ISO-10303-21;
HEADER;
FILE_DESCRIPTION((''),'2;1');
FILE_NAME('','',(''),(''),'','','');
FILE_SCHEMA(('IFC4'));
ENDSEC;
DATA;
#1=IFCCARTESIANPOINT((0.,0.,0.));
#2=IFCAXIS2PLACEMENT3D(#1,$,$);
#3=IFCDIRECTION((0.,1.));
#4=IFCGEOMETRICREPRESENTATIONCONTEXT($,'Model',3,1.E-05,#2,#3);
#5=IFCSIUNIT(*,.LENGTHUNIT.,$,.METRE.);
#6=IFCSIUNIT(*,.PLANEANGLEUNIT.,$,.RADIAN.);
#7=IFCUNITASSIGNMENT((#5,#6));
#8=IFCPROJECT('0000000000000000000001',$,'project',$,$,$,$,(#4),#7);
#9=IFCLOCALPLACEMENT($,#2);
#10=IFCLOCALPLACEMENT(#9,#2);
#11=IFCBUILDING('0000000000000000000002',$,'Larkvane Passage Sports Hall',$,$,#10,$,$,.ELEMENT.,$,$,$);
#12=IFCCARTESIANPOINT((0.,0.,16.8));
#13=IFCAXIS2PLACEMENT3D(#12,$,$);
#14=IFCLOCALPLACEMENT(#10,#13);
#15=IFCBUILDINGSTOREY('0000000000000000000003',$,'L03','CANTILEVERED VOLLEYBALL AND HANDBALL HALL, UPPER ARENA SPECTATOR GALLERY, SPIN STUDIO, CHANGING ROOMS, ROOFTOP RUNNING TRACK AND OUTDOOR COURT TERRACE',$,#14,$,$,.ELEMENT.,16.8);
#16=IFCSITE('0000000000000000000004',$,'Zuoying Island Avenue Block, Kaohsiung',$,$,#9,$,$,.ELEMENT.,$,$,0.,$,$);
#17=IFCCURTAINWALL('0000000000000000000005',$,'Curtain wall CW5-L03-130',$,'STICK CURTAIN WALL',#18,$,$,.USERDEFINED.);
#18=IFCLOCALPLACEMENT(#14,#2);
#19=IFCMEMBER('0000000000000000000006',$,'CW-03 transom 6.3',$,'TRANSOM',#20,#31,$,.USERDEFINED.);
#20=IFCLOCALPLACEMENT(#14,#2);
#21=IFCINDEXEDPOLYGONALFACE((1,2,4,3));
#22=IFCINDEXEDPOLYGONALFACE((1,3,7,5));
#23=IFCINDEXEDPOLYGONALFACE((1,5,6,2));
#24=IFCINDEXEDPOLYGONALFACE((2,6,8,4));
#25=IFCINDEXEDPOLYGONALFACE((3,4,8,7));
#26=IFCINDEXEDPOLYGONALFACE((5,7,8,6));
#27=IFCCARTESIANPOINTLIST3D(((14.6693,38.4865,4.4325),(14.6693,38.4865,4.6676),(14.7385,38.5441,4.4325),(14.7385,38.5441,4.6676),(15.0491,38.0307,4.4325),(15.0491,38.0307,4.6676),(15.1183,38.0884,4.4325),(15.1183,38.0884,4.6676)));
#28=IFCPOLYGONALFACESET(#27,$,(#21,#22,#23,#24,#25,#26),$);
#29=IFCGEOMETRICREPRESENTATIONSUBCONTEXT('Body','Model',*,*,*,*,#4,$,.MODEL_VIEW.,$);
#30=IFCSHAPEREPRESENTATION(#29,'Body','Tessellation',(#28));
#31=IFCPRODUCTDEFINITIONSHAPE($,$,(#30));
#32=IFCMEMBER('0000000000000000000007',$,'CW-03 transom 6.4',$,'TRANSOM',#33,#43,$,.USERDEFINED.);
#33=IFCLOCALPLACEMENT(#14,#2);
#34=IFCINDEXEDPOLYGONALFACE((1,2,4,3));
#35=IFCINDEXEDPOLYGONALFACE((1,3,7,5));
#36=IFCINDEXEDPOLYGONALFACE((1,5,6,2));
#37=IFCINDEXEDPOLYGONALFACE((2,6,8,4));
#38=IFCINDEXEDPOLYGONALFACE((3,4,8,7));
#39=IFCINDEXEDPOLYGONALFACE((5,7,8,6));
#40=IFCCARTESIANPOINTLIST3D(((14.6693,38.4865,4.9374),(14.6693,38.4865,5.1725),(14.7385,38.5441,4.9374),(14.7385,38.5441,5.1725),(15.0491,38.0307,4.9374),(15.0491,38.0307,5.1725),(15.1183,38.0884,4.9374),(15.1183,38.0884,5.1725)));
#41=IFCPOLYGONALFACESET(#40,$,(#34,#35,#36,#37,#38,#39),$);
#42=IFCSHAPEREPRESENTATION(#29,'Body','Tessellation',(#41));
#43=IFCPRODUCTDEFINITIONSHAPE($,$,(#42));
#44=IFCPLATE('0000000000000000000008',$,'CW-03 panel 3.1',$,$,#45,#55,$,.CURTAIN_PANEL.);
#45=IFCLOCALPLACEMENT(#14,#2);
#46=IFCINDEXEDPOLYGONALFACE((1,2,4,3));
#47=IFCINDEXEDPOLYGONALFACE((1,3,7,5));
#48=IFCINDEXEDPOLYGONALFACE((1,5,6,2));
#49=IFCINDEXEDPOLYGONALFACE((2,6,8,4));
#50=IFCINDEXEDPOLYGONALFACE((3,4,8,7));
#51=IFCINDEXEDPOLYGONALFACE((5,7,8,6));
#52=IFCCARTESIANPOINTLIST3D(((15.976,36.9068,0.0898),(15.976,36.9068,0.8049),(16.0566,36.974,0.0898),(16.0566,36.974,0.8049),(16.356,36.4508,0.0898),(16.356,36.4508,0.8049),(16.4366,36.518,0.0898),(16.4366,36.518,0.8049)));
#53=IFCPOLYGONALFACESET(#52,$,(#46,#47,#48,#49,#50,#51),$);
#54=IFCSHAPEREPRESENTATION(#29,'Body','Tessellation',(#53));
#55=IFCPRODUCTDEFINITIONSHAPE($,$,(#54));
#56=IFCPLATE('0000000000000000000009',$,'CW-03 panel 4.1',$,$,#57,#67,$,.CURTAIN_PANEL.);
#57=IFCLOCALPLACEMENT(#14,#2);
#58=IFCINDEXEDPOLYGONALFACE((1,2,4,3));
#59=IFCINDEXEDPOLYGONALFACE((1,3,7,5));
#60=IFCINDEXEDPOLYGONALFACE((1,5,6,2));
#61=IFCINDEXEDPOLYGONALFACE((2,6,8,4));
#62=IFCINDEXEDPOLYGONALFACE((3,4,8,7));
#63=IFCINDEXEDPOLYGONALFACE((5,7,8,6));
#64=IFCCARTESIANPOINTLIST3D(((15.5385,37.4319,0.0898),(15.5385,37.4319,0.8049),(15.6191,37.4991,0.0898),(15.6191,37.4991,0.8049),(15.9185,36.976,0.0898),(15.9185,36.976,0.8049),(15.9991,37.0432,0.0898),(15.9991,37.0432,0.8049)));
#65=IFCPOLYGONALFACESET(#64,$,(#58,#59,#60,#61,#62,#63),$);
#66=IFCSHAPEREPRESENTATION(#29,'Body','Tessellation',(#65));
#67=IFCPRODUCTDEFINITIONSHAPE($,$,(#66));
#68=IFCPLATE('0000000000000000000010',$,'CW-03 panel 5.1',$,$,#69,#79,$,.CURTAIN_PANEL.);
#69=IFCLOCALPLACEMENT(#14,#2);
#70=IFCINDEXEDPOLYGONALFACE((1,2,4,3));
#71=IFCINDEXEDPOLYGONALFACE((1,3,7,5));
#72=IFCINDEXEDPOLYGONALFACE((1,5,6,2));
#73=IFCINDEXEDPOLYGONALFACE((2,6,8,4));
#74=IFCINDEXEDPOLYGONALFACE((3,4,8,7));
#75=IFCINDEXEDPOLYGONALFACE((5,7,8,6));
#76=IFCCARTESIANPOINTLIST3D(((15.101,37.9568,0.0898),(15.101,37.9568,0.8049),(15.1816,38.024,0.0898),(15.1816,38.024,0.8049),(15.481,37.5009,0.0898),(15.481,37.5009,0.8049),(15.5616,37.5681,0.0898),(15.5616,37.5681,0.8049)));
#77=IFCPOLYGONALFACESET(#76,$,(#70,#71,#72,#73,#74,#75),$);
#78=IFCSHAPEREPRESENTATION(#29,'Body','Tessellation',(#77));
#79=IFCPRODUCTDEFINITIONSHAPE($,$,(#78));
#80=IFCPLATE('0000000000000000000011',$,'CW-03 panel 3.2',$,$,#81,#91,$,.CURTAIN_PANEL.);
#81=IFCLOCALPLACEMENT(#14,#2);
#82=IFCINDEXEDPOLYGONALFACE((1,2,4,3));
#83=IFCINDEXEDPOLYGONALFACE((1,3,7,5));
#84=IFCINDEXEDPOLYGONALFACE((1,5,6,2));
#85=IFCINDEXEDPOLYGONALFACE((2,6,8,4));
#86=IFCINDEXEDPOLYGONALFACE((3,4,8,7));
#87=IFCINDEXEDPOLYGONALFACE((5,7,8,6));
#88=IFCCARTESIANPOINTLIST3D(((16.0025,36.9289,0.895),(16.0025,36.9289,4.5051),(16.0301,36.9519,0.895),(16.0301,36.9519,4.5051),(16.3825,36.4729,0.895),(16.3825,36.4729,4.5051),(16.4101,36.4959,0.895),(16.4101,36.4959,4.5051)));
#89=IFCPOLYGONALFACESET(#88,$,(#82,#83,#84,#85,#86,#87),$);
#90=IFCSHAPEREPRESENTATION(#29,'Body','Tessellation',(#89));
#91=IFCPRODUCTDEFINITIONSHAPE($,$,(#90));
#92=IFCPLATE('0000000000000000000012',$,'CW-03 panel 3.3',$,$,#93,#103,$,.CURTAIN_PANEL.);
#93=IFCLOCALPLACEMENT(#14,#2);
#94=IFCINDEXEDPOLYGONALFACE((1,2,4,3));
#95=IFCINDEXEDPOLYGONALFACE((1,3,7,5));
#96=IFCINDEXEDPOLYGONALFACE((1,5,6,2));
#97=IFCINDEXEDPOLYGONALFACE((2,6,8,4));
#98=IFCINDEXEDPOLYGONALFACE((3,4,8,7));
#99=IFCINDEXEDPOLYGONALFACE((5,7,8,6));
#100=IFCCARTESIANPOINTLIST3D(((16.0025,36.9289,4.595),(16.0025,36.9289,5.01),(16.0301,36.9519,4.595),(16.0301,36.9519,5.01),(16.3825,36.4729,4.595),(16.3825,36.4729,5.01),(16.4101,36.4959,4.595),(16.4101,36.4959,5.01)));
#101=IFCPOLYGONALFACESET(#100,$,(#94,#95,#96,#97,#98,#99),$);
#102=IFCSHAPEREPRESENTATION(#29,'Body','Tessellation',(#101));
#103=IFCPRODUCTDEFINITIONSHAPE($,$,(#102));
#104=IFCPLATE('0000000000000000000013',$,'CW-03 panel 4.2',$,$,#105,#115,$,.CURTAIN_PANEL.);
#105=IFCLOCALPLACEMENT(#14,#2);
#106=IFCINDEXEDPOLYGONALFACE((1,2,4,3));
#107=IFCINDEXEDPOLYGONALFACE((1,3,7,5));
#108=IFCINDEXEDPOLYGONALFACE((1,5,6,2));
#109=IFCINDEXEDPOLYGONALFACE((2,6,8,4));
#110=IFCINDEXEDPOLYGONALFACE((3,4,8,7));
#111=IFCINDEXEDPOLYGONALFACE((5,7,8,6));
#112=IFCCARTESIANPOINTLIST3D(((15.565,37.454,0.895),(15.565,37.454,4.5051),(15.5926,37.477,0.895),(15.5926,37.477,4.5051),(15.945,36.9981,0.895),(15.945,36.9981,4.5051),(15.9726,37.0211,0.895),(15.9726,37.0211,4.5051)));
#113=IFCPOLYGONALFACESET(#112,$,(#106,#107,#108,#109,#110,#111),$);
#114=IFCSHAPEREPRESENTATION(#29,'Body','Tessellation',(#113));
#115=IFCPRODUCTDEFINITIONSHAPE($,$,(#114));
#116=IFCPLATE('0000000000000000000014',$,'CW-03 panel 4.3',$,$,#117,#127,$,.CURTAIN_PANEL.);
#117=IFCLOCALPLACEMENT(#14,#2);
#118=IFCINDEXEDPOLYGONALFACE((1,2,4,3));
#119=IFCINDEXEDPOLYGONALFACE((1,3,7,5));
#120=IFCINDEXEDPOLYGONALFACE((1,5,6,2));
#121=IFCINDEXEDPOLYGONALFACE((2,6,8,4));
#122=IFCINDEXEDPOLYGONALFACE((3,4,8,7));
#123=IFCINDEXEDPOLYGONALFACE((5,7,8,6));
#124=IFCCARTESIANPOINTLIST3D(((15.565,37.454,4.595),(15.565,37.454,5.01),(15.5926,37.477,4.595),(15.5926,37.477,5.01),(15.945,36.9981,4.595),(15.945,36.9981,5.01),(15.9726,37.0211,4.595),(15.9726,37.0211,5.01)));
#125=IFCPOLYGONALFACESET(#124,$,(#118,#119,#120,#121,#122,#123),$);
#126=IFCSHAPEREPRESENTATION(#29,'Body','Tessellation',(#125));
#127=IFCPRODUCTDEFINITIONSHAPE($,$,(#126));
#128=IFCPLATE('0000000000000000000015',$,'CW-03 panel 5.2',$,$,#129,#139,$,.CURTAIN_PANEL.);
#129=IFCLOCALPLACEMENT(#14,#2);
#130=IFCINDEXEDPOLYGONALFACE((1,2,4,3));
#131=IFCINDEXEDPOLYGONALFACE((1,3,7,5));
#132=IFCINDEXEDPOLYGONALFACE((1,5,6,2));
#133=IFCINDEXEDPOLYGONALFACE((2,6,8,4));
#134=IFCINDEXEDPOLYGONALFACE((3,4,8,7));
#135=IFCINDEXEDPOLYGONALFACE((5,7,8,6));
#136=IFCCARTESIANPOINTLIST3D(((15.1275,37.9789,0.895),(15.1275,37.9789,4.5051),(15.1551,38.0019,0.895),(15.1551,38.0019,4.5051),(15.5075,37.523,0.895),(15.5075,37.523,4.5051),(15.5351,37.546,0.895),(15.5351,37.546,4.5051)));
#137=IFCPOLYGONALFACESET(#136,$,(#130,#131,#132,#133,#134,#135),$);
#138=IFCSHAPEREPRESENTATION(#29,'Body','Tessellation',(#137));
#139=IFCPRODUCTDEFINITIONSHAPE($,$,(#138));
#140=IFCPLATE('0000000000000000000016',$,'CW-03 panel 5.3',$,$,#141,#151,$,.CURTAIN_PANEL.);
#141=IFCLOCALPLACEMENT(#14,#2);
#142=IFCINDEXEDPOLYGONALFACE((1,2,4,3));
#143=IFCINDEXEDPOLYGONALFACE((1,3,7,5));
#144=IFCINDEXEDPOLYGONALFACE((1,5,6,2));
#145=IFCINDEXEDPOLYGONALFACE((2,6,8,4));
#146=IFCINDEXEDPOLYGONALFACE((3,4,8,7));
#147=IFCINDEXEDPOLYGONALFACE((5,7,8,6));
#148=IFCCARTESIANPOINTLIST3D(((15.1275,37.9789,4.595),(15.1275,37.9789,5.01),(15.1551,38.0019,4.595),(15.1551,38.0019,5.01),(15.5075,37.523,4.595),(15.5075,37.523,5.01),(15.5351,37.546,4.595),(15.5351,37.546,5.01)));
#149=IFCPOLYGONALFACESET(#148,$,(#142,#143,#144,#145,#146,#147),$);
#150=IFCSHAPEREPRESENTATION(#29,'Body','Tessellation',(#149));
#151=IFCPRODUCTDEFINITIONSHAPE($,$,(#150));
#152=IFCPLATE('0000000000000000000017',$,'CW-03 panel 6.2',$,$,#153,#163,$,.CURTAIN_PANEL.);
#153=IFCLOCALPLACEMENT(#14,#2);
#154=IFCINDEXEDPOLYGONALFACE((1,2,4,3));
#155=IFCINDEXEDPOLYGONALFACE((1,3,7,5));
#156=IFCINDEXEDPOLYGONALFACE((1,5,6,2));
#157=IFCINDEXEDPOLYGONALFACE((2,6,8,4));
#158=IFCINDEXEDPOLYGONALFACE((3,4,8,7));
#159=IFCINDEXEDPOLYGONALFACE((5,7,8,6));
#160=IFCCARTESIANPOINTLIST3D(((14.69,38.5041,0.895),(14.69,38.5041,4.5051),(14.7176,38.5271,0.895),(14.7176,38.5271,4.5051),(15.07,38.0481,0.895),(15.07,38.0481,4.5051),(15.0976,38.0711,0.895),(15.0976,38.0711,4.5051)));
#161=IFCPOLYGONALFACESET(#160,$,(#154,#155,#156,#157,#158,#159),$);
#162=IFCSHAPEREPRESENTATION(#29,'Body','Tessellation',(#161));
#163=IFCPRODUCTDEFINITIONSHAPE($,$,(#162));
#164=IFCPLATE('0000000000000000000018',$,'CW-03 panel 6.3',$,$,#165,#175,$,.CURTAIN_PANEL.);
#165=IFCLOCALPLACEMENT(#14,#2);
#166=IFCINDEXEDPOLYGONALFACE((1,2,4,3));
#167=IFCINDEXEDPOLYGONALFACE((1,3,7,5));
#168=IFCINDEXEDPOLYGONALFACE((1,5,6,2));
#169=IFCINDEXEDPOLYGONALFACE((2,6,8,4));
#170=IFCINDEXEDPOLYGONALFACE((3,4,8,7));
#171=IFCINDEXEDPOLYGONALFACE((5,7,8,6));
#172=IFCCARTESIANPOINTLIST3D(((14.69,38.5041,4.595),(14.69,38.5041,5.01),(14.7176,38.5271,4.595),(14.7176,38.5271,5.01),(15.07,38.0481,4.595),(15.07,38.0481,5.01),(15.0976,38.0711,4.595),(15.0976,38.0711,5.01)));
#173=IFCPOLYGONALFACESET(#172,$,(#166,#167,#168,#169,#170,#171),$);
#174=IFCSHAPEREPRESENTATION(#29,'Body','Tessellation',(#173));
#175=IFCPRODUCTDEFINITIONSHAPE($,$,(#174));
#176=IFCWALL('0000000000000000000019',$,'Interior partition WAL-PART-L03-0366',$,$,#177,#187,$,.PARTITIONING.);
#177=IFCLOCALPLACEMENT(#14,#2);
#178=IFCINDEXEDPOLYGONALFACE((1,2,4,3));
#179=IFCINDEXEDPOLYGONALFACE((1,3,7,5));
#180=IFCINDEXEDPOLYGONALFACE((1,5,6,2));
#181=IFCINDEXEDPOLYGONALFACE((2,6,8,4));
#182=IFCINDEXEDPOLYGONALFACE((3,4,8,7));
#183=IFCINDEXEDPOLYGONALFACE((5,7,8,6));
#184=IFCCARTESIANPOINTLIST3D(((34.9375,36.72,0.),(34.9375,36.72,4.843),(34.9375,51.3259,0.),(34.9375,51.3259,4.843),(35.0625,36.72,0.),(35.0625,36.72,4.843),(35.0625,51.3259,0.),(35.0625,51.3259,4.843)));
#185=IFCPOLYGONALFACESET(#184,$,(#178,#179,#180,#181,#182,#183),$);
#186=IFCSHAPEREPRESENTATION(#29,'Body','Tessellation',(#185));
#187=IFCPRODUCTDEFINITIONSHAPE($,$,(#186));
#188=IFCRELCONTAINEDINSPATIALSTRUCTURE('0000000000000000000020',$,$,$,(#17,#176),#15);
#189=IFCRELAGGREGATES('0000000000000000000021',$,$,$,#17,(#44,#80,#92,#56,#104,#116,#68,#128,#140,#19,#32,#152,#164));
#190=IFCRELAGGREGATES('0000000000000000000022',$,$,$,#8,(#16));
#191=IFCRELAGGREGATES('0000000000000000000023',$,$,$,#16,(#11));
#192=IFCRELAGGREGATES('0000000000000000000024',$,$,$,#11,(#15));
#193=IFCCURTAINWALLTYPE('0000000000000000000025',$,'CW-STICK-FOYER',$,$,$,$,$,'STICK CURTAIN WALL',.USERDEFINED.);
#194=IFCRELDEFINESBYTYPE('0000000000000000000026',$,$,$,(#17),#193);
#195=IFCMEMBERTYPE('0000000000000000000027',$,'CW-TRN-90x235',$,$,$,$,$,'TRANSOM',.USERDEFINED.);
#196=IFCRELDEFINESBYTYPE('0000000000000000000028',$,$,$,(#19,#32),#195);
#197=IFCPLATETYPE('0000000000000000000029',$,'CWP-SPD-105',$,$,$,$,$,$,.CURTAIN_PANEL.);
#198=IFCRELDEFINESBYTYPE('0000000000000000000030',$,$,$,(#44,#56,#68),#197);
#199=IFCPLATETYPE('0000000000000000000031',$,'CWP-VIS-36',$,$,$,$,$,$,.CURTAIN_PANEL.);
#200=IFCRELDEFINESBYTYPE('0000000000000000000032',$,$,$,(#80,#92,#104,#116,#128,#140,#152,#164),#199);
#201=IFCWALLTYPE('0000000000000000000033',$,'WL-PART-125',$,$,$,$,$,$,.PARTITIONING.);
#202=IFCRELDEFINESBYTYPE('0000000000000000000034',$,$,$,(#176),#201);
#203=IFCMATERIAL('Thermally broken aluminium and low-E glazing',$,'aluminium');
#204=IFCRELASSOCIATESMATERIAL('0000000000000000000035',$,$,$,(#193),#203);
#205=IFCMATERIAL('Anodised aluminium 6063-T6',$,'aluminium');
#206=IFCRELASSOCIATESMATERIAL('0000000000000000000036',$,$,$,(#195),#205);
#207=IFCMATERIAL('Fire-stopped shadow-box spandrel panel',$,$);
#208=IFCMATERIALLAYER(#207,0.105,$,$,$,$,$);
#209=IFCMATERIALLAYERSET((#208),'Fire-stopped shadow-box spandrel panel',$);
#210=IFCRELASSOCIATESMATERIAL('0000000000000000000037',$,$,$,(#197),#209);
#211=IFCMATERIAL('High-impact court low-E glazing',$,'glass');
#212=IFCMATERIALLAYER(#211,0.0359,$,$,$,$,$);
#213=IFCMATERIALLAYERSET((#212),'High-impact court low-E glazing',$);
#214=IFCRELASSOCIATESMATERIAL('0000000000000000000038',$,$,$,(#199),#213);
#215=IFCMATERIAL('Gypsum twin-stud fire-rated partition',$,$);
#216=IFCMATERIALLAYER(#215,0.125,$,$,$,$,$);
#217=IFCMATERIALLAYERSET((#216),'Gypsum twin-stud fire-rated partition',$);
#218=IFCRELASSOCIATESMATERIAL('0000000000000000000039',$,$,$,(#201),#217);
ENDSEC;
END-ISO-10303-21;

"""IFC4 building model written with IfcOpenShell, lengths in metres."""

from ifc_helpers import new_model, si_unit, direction, frame, frame_2d, origin, origin_2d, place, context, subcontext, project, spatial, rectangle, extrude, material, layer, layer_set, material_profile, profile_set, type_object, element, aggregate, save


model = new_model("IFC4")

# Units and contexts
model_context = context("Model", 3, precision=1e-05, world=origin(), true_north=direction((0.0, 1.0)))
body_context = subcontext(model_context, "Body", "Model", "MODEL_VIEW")
ifc_project = project(units=[si_unit("LENGTHUNIT", "METRE"), si_unit("PLANEANGLEUNIT", "RADIAN")], contexts=[model_context])

# Site, building, storey
site_placement = place(None, origin())
site = spatial("IfcSite", under=ifc_project, at=site_placement, Name="Zuoying Island Avenue Block, Kaohsiung", CompositionType="ELEMENT", RefElevation=0.0)
building_placement = place(site_placement, origin())
building = spatial("IfcBuilding", under=site, at=building_placement, Name="Larkvane Passage Sports Hall", CompositionType="ELEMENT")
storey_placement = place(building_placement, frame((0.0, 0.0, 16.8)))
storey = spatial("IfcBuildingStorey", under=building, at=storey_placement, Name="L03", Description="CANTILEVERED VOLLEYBALL AND HANDBALL HALL, UPPER ARENA SPECTATOR GALLERY, SPIN STUDIO, CHANGING ROOMS, ROOFTOP RUNNING TRACK AND OUTDOOR COURT TERRACE", CompositionType="ELEMENT", Elevation=16.8)

# Curtain wall, members, plates
ifc_material_1 = material(Name="Thermally broken aluminium and low-E glazing", Category="aluminium")
curtain_wall_type = type_object("IfcCurtainWallType", Name="CW-STICK-FOYER", ElementType="STICK CURTAIN WALL", PredefinedType="USERDEFINED", material=ifc_material_1)
curtain_wall_placement = place(storey_placement, origin())
curtain_wall = element("IfcCurtainWall", 1, at=curtain_wall_placement, inside=storey, type_object=curtain_wall_type, Name="Curtain wall CW5-L03-130", ObjectType="STICK CURTAIN WALL", PredefinedType="USERDEFINED")
ifc_material_2 = material(Name="Anodised aluminium 6063-T6", Category="aluminium")
ifc_material_profile_1 = material_profile(ifc_material_2, rectangle(XDim=0.0901, YDim=0.2351, at=origin_2d()), Name="ALU-TRN-90x235")
ifc_profile_set_1 = profile_set([ifc_material_profile_1], Name="Anodised aluminium 6063-T6")
member_type_1 = type_object("IfcMemberType", Name="CW-TRN-90x235", ElementType="TRANSOM", PredefinedType="USERDEFINED", material=ifc_profile_set_1)
member_1_placement = place(storey_placement, frame((15.0837, 38.0596, 4.55), z_axis=(-0.640225, 0.768188, 0.0), x_axis=(-0.768188, -0.640225, 0.0)))
member_1 = element("IfcMember", 2, at=member_1_placement, type_object=member_type_1, Name="CW-03 transom 6.3", ObjectType="TRANSOM", PredefinedType="USERDEFINED", context=body_context, shape_type="SweptSolid", body=[
    extrude(rectangle(XDim=0.0901, YDim=0.2351, at=origin_2d()), origin(), (0.0, 0.0, 1.0), 0.5933),
])
member_2_placement = place(storey_placement, frame((15.0837, 38.0596, 5.0549), z_axis=(-0.640225, 0.768188, 0.0), x_axis=(-0.768188, -0.640225, 0.0)))
member_2 = element("IfcMember", 3, at=member_2_placement, type_object=member_type_1, Name="CW-03 transom 6.4", ObjectType="TRANSOM", PredefinedType="USERDEFINED", context=body_context, shape_type="SweptSolid", body=[
    extrude(rectangle(XDim=0.0901, YDim=0.2351, at=origin_2d()), origin(), (0.0, 0.0, 1.0), 0.5933),
])
ifc_material_3 = material(Name="Fire-stopped shadow-box spandrel panel")
ifc_layer_1 = layer(ifc_material_3, 0.105)
ifc_layer_set_1 = layer_set([ifc_layer_1], Name="Fire-stopped shadow-box spandrel panel")
plate_type_1 = type_object("IfcPlateType", Name="CWP-SPD-105", PredefinedType="CURTAIN_PANEL", material=ifc_layer_set_1)
plate_1_placement = place(storey_placement, frame((16.2063, 36.7124, 0.0898), z_axis=(0.0, 0.0, 1.0), x_axis=(-0.640184, 0.768221, 0.0)))
plate_1 = element("IfcPlate", 4, at=plate_1_placement, type_object=plate_type_1, Name="CW-03 panel 3.1", PredefinedType="CURTAIN_PANEL", context=body_context, shape_type="SweptSolid", body=[
    extrude(rectangle(XDim=0.5935, YDim=0.105, at=origin_2d()), origin(), (0.0, 0.0, 1.0), 0.7151),
])
plate_2_placement = place(storey_placement, frame((15.7688, 37.2375, 0.0898), z_axis=(0.0, 0.0, 1.0), x_axis=(-0.640184, 0.768221, 0.0)))
plate_2 = element("IfcPlate", 5, at=plate_2_placement, type_object=plate_type_1, Name="CW-03 panel 4.1", PredefinedType="CURTAIN_PANEL", context=body_context, shape_type="SweptSolid", body=[
    extrude(rectangle(XDim=0.5935, YDim=0.105, at=origin_2d()), origin(), (0.0, 0.0, 1.0), 0.7151),
])
plate_3_placement = place(storey_placement, frame((15.3313, 37.7625, 0.0898), z_axis=(0.0, 0.0, 1.0), x_axis=(-0.640184, 0.768221, 0.0)))
plate_3 = element("IfcPlate", 6, at=plate_3_placement, type_object=plate_type_1, Name="CW-03 panel 5.1", PredefinedType="CURTAIN_PANEL", context=body_context, shape_type="SweptSolid", body=[
    extrude(rectangle(XDim=0.5935, YDim=0.105, at=origin_2d()), origin(), (0.0, 0.0, 1.0), 0.7151),
])
ifc_material_4 = material(Name="High-impact court low-E glazing", Category="glass")
ifc_layer_2 = layer(ifc_material_4, 0.0359)
ifc_layer_set_2 = layer_set([ifc_layer_2], Name="High-impact court low-E glazing")
plate_type_2 = type_object("IfcPlateType", Name="CWP-VIS-36", PredefinedType="CURTAIN_PANEL", material=ifc_layer_set_2)
plate_4_placement = place(storey_placement, frame((16.2063, 36.7124, 0.895), z_axis=(0.0, 0.0, 1.0), x_axis=(-0.640184, 0.768221, 0.0)))
plate_4 = element("IfcPlate", 7, at=plate_4_placement, type_object=plate_type_2, Name="CW-03 panel 3.2", PredefinedType="CURTAIN_PANEL", context=body_context, shape_type="SweptSolid", body=[
    extrude(rectangle(XDim=0.5935, YDim=0.0359, at=origin_2d()), origin(), (0.0, 0.0, 1.0), 3.6101),
])
plate_5_placement = place(storey_placement, frame((16.2063, 36.7124, 4.595), z_axis=(0.0, 0.0, 1.0), x_axis=(-0.640184, 0.768221, 0.0)))
plate_5 = element("IfcPlate", 8, at=plate_5_placement, type_object=plate_type_2, Name="CW-03 panel 3.3", PredefinedType="CURTAIN_PANEL", context=body_context, shape_type="SweptSolid", body=[
    extrude(rectangle(XDim=0.5935, YDim=0.0359, at=origin_2d()), origin(), (0.0, 0.0, 1.0), 0.415),
])
plate_6_placement = place(storey_placement, frame((15.7688, 37.2375, 0.895), z_axis=(0.0, 0.0, 1.0), x_axis=(-0.640184, 0.768221, 0.0)))
plate_6 = element("IfcPlate", 9, at=plate_6_placement, type_object=plate_type_2, Name="CW-03 panel 4.2", PredefinedType="CURTAIN_PANEL", context=body_context, shape_type="SweptSolid", body=[
    extrude(rectangle(XDim=0.5935, YDim=0.0359, at=origin_2d()), origin(), (0.0, 0.0, 1.0), 3.6101),
])
plate_7_placement = place(storey_placement, frame((15.7688, 37.2375, 4.595), z_axis=(0.0, 0.0, 1.0), x_axis=(-0.640184, 0.768221, 0.0)))
plate_7 = element("IfcPlate", 10, at=plate_7_placement, type_object=plate_type_2, Name="CW-03 panel 4.3", PredefinedType="CURTAIN_PANEL", context=body_context, shape_type="SweptSolid", body=[
    extrude(rectangle(XDim=0.5935, YDim=0.0359, at=origin_2d()), origin(), (0.0, 0.0, 1.0), 0.415),
])
plate_8_placement = place(storey_placement, frame((15.3313, 37.7625, 0.895), z_axis=(0.0, 0.0, 1.0), x_axis=(-0.640184, 0.768221, 0.0)))
plate_8 = element("IfcPlate", 11, at=plate_8_placement, type_object=plate_type_2, Name="CW-03 panel 5.2", PredefinedType="CURTAIN_PANEL", context=body_context, shape_type="SweptSolid", body=[
    extrude(rectangle(XDim=0.5935, YDim=0.0359, at=origin_2d()), origin(), (0.0, 0.0, 1.0), 3.6101),
])
plate_9_placement = place(storey_placement, frame((15.3313, 37.7625, 4.595), z_axis=(0.0, 0.0, 1.0), x_axis=(-0.640184, 0.768221, 0.0)))
plate_9 = element("IfcPlate", 12, at=plate_9_placement, type_object=plate_type_2, Name="CW-03 panel 5.3", PredefinedType="CURTAIN_PANEL", context=body_context, shape_type="SweptSolid", body=[
    extrude(rectangle(XDim=0.5935, YDim=0.0359, at=origin_2d()), origin(), (0.0, 0.0, 1.0), 0.415),
])
plate_10_placement = place(storey_placement, frame((14.8938, 38.2876, 0.895), z_axis=(0.0, 0.0, 1.0), x_axis=(-0.640184, 0.768221, 0.0)))
plate_10 = element("IfcPlate", 13, at=plate_10_placement, type_object=plate_type_2, Name="CW-03 panel 6.2", PredefinedType="CURTAIN_PANEL", context=body_context, shape_type="SweptSolid", body=[
    extrude(rectangle(XDim=0.5935, YDim=0.0359, at=origin_2d()), origin(), (0.0, 0.0, 1.0), 3.6101),
])
plate_11_placement = place(storey_placement, frame((14.8938, 38.2876, 4.595), z_axis=(0.0, 0.0, 1.0), x_axis=(-0.640184, 0.768221, 0.0)))
plate_11 = element("IfcPlate", 14, at=plate_11_placement, type_object=plate_type_2, Name="CW-03 panel 6.3", PredefinedType="CURTAIN_PANEL", context=body_context, shape_type="SweptSolid", body=[
    extrude(rectangle(XDim=0.5935, YDim=0.0359, at=origin_2d()), origin(), (0.0, 0.0, 1.0), 0.415),
])
aggregate(curtain_wall, [plate_1, plate_4, plate_5, plate_2, plate_6, plate_7, plate_3, plate_8, plate_9, member_1, member_2, plate_10, plate_11])

# Wall
ifc_material_5 = material(Name="Gypsum twin-stud fire-rated partition")
ifc_layer_3 = layer(ifc_material_5, 0.125)
ifc_layer_set_3 = layer_set([ifc_layer_3], Name="Gypsum twin-stud fire-rated partition")
wall_type_1 = type_object("IfcWallType", Name="WL-PART-125", PredefinedType="PARTITIONING", material=ifc_layer_set_3)
wall_1_placement = place(storey_placement, frame((35.0, 36.72, 0.0), z_axis=(0.0, 0.0, 1.0), x_axis=(0.0, 1.0, 0.0)))
element("IfcWall", 15, at=wall_1_placement, inside=storey, type_object=wall_type_1, Name="Interior partition WAL-PART-L03-0366", PredefinedType="PARTITIONING", context=body_context, shape_type="SweptSolid", body=[
    extrude(rectangle(XDim=14.606, YDim=0.125, at=frame_2d((7.303, 0.0))), origin(), (0.0, 0.0, 1.0), 4.843),
])

save(model, "model.ifc")
